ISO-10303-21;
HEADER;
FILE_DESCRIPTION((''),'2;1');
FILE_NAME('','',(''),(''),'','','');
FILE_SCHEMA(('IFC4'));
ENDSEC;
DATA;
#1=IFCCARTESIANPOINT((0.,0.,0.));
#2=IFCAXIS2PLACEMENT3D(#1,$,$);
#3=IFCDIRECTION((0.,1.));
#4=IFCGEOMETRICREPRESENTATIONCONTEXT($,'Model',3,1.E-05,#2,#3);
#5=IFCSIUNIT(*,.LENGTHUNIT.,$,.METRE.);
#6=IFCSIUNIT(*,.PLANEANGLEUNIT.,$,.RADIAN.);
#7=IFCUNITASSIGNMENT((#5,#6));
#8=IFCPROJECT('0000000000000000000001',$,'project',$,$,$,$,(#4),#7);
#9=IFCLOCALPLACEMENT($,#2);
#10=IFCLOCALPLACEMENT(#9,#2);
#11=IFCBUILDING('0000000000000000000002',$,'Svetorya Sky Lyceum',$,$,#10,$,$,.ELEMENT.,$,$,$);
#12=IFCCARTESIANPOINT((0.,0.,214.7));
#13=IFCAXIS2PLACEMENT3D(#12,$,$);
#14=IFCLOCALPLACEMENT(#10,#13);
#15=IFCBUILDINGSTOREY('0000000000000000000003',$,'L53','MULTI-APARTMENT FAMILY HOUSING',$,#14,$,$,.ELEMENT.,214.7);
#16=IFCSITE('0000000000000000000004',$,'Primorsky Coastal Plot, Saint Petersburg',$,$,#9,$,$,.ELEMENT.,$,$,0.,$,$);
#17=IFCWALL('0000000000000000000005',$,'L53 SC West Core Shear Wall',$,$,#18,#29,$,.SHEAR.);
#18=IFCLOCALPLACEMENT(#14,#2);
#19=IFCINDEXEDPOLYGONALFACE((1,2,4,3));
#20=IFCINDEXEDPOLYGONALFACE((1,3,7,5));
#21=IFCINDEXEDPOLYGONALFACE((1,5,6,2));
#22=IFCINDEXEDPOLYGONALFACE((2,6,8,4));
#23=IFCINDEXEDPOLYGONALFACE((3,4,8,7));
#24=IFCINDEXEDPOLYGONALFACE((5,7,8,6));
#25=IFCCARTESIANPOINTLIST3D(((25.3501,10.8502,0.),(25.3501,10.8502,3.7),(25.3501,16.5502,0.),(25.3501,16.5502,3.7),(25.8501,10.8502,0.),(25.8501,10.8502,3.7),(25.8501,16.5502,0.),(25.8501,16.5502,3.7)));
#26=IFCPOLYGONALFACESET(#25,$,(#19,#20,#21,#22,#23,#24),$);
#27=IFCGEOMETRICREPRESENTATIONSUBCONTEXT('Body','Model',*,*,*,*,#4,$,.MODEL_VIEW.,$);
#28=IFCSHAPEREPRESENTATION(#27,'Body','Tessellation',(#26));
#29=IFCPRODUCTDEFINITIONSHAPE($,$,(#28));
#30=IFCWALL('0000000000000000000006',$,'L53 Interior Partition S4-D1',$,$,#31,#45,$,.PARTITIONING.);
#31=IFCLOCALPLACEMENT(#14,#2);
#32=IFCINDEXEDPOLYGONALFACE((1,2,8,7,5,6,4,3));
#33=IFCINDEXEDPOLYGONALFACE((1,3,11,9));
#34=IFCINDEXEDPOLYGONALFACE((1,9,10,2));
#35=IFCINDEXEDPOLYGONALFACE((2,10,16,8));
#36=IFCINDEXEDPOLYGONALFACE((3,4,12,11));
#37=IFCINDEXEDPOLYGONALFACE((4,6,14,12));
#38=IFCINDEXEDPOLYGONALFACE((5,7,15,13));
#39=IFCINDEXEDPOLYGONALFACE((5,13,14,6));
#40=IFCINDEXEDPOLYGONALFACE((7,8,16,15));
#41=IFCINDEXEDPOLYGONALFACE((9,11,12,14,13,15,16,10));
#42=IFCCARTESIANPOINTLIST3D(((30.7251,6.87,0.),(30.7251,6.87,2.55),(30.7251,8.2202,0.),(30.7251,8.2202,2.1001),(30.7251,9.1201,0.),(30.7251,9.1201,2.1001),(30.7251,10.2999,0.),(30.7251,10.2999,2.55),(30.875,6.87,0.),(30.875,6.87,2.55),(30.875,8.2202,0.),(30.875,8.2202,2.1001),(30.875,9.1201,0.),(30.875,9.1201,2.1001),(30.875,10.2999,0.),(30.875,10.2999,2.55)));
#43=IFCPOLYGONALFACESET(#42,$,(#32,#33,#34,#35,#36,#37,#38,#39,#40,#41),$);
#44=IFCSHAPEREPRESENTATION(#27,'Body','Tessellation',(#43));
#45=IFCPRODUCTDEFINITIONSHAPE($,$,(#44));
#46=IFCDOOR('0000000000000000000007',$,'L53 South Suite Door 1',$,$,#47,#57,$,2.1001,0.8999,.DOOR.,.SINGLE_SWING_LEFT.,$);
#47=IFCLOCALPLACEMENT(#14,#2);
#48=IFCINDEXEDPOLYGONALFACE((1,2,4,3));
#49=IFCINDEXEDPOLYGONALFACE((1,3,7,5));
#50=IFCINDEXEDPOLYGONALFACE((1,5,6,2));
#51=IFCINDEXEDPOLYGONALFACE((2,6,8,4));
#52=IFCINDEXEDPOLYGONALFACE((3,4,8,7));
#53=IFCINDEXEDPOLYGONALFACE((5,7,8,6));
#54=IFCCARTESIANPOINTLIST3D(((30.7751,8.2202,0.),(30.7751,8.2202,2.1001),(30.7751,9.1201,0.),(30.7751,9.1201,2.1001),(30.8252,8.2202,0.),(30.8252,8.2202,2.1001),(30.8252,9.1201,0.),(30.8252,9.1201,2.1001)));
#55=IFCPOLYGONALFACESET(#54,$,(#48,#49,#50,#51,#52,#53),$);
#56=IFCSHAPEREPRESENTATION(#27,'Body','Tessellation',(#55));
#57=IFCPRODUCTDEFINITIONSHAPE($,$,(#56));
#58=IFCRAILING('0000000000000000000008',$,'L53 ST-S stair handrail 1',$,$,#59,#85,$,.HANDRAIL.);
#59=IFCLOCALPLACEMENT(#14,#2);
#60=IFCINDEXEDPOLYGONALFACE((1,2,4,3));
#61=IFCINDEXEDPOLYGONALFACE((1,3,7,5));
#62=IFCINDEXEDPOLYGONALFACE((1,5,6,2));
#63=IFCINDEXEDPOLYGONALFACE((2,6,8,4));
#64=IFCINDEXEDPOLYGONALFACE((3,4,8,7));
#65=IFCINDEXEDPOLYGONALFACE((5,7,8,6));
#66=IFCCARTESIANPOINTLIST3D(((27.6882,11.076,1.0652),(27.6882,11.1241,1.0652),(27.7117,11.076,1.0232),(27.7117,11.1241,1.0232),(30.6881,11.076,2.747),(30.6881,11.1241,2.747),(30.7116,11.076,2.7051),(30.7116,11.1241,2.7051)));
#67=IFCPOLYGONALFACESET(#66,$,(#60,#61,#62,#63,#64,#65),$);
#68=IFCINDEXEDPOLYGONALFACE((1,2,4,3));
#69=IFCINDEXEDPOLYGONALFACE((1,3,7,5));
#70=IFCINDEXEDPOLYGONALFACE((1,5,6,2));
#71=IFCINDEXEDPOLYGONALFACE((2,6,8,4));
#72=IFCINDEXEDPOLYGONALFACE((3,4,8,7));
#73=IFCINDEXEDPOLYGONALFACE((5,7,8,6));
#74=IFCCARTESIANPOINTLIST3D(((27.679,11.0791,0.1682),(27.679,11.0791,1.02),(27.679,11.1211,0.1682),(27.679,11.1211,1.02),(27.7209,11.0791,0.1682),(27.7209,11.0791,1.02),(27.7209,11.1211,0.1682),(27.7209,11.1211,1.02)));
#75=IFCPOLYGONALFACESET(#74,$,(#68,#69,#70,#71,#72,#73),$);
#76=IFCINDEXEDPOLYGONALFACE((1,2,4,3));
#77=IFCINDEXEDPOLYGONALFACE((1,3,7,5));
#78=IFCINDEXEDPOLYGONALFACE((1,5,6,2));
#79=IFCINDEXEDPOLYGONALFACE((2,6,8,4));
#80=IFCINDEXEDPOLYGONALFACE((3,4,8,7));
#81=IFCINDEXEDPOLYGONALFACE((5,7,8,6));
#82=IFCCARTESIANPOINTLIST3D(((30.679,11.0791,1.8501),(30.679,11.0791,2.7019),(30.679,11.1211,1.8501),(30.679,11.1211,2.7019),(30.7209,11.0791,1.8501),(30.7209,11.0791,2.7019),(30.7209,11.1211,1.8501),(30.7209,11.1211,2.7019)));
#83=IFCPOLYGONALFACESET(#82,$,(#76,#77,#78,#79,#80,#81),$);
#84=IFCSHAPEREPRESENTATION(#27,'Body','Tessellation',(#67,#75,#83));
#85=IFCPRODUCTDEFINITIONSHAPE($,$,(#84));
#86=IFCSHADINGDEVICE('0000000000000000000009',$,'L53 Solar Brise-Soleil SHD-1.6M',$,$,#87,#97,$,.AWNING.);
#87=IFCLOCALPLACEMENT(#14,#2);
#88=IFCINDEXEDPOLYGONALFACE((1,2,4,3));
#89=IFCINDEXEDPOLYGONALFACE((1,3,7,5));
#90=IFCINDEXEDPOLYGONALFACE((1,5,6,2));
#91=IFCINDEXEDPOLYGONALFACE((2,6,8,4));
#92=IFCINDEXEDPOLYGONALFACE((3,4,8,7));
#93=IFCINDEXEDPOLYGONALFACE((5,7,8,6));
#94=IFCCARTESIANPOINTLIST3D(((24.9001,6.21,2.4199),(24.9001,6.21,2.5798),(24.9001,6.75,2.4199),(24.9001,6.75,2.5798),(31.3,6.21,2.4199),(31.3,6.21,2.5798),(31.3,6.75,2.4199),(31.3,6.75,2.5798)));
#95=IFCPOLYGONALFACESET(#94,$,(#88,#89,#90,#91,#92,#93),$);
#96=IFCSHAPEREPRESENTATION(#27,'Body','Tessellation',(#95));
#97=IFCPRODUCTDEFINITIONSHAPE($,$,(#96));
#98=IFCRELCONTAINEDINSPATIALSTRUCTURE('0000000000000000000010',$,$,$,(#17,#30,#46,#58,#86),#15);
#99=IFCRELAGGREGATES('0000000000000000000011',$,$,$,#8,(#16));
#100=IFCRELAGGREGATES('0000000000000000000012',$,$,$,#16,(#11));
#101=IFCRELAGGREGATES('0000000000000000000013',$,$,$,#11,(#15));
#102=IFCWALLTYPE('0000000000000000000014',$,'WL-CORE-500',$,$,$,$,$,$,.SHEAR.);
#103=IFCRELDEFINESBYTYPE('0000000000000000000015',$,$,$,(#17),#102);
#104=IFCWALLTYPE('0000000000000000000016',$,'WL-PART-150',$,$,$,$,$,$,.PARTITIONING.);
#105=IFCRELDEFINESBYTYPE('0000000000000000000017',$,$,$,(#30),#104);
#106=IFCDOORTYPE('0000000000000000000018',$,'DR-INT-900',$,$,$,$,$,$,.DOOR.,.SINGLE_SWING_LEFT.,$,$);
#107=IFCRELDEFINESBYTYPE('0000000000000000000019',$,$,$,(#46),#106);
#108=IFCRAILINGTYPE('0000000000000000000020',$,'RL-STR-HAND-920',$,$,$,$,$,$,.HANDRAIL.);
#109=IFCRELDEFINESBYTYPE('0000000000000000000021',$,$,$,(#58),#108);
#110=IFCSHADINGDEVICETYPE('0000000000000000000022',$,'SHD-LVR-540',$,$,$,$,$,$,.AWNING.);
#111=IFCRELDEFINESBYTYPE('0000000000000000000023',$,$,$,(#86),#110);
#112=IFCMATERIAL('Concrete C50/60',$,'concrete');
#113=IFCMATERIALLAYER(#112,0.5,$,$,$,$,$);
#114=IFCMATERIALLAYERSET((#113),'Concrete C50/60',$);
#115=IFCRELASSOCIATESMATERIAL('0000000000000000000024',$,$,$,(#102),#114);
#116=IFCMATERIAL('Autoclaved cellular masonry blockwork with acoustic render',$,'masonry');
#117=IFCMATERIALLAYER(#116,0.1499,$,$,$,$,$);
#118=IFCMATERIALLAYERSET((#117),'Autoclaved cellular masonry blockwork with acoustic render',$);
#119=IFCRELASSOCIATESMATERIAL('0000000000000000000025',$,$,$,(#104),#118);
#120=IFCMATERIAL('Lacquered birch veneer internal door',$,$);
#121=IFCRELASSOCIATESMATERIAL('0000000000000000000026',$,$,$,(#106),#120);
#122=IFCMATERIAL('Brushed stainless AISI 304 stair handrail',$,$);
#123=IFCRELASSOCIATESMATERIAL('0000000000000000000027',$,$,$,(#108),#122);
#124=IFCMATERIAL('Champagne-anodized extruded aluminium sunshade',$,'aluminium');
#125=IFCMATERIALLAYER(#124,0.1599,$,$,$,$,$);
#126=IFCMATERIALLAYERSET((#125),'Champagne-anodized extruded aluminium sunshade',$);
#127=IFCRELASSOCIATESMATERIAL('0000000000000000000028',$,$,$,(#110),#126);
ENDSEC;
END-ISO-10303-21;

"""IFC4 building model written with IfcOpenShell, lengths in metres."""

from ifc_helpers import new_model, si_unit, direction, frame, frame_2d, origin, origin_2d, place, context, subcontext, project, spatial, rectangle, extrude, material, layer, layer_set, type_object, element, fill, save


model = new_model("IFC4")

# Units and contexts
model_context = context("Model", 3, precision=1e-05, world=origin(), true_north=direction((0.0, 1.0)))
body_context = subcontext(model_context, "Body", "Model", "MODEL_VIEW")
ifc_project = project(units=[si_unit("LENGTHUNIT", "METRE"), si_unit("PLANEANGLEUNIT", "RADIAN")], contexts=[model_context])

# Site, building, storey
site_placement = place(None, origin())
site = spatial("IfcSite", under=ifc_project, at=site_placement, Name="Primorsky Coastal Plot, Saint Petersburg", CompositionType="ELEMENT", RefElevation=0.0)
building_placement = place(site_placement, origin())
building = spatial("IfcBuilding", under=site, at=building_placement, Name="Svetorya Sky Lyceum", CompositionType="ELEMENT")
storey_placement = place(building_placement, frame((0.0, 0.0, 214.7)))
storey = spatial("IfcBuildingStorey", under=building, at=storey_placement, Name="L53", Description="MULTI-APARTMENT FAMILY HOUSING", CompositionType="ELEMENT", Elevation=214.7)

# Shared definitions
ifc_material_1 = material(Name="Concrete C50/60", Category="concrete")

# Wall
ifc_layer_1 = layer(ifc_material_1, 0.5)
ifc_layer_set_1 = layer_set([ifc_layer_1], Name="Concrete C50/60")
wall_type_1 = type_object("IfcWallType", Name="WL-CORE-500", PredefinedType="SHEAR", material=ifc_layer_set_1)
wall_1_placement = place(storey_placement, frame((25.6001, 10.8501, 0.0), z_axis=(0.0, 0.0, 1.0), x_axis=(0.0, 1.0, 0.0)))
element("IfcWall", 1, at=wall_1_placement, inside=storey, type_object=wall_type_1, Name="L53 SC West Core Shear Wall", PredefinedType="SHEAR", context=body_context, shape_type="SweptSolid", body=[
    extrude(rectangle(XDim=5.7, YDim=0.5, at=frame_2d((2.8501, 0.0))), origin(), (0.0, 0.0, 1.0), 3.7),
])

# Wall, opening, door
ifc_material_2 = material(Name="Autoclaved cellular masonry blockwork with acoustic render", Category="masonry")
ifc_layer_2 = layer(ifc_material_2, 0.1499)
ifc_layer_set_2 = layer_set([ifc_layer_2], Name="Autoclaved cellular masonry blockwork with acoustic render")
wall_type_2 = type_object("IfcWallType", Name="WL-PART-150", PredefinedType="PARTITIONING", material=ifc_layer_set_2)
wall_2_placement = place(storey_placement, frame((30.8, 6.8701, 0.0), z_axis=(0.0, 0.0, 1.0), x_axis=(0.0, 1.0, 0.0)))
wall_2 = element("IfcWall", 2, at=wall_2_placement, inside=storey, type_object=wall_type_2, Name="L53 Interior Partition S4-D1", PredefinedType="PARTITIONING", context=body_context, shape_type="SweptSolid", body=[
    extrude(rectangle(XDim=3.4299, YDim=0.1499, at=frame_2d((1.7148, 0.0))), origin(), (0.0, 0.0, 1.0), 2.55),
])
opening_placement = place(wall_2_placement, frame((1.3501, 0.0, 0.0)))
opening = element("IfcOpeningElement", 3, at=opening_placement, cuts=wall_2, PredefinedType="OPENING", context=body_context, shape_type="SweptSolid", body=[
    extrude(rectangle(XDim=0.8999, YDim=2.1001, at=frame_2d((0.45, 1.05))), frame((0.0, 0.085, 0.0), z_axis=(0.0, -1.0, 0.0), x_axis=(1.0, 0.0, 0.0)), (0.0, 0.0, 1.0), 0.1699),
])
ifc_material_3 = material(Name="Lacquered birch veneer internal door")
door_type = type_object("IfcDoorType", Name="DR-INT-900", OperationType="SINGLE_SWING_LEFT", PredefinedType="DOOR", material=ifc_material_3)
door_placement = place(opening_placement, origin())
door = element("IfcDoor", 4, at=door_placement, inside=storey, type_object=door_type, Name="L53 South Suite Door 1", OperationType="SINGLE_SWING_LEFT", OverallHeight=2.1001, OverallWidth=0.8999, PredefinedType="DOOR", context=body_context, shape_type="SweptSolid", body=[
    extrude(rectangle(XDim=0.8999, YDim=2.1001, at=frame_2d((0.45, 1.05))), frame((0.0, 0.0249, 0.0), z_axis=(0.0, -1.0, 0.0), x_axis=(1.0, 0.0, 0.0)), (0.0, 0.0, 1.0), 0.05),
])
fill(opening, door)

# Railing
ifc_material_4 = material(Name="Brushed stainless AISI 304 stair handrail")
railing_type = type_object("IfcRailingType", Name="RL-STR-HAND-920", PredefinedType="HANDRAIL", material=ifc_material_4)
railing_placement = place(storey_placement, frame((27.7, 11.1001, 0.1682)))
element("IfcRailing", 5, at=railing_placement, inside=storey, type_object=railing_type, Name="L53 ST-S stair handrail 1", PredefinedType="HANDRAIL", context=body_context, shape_type="SweptSolid", body=[
    extrude(rectangle(XDim=0.0481, YDim=0.0481, at=origin_2d()), frame((0.0, 0.0, 0.876), z_axis=(0.872272, 0.0, 0.48902), x_axis=(0.0, 1.0, 0.0)), (0.0, 0.0, 1.0), 3.4392),
    extrude(rectangle(XDim=0.042, YDim=0.042, at=origin_2d()), origin(), (0.0, 0.0, 1.0), 0.8518),
    extrude(rectangle(XDim=0.042, YDim=0.042, at=origin_2d()), frame((3.0, 0.0, 1.6819)), (0.0, 0.0, 1.0), 0.8518),
])

# Shading device
ifc_material_5 = material(Name="Champagne-anodized extruded aluminium sunshade", Category="aluminium")
ifc_layer_3 = layer(ifc_material_5, 0.1599)
ifc_layer_set_3 = layer_set([ifc_layer_3], Name="Champagne-anodized extruded aluminium sunshade")
shading_device_type = type_object("IfcShadingDeviceType", Name="SHD-LVR-540", PredefinedType="AWNING", material=ifc_layer_set_3)
shading_device_placement = place(storey_placement, frame((28.1001, 6.48, 2.4199), z_axis=(0.0, 0.0, 1.0), x_axis=(1.0, 0.0, 0.0)))
element("IfcShadingDevice", 6, at=shading_device_placement, inside=storey, type_object=shading_device_type, Name="L53 Solar Brise-Soleil SHD-1.6M", PredefinedType="AWNING", context=body_context, shape_type="SweptSolid", body=[
    extrude(rectangle(XDim=6.3999, YDim=0.54, at=origin_2d()), origin(), (0.0, 0.0, 1.0), 0.1599),
])

save(model, "model.ifc")
